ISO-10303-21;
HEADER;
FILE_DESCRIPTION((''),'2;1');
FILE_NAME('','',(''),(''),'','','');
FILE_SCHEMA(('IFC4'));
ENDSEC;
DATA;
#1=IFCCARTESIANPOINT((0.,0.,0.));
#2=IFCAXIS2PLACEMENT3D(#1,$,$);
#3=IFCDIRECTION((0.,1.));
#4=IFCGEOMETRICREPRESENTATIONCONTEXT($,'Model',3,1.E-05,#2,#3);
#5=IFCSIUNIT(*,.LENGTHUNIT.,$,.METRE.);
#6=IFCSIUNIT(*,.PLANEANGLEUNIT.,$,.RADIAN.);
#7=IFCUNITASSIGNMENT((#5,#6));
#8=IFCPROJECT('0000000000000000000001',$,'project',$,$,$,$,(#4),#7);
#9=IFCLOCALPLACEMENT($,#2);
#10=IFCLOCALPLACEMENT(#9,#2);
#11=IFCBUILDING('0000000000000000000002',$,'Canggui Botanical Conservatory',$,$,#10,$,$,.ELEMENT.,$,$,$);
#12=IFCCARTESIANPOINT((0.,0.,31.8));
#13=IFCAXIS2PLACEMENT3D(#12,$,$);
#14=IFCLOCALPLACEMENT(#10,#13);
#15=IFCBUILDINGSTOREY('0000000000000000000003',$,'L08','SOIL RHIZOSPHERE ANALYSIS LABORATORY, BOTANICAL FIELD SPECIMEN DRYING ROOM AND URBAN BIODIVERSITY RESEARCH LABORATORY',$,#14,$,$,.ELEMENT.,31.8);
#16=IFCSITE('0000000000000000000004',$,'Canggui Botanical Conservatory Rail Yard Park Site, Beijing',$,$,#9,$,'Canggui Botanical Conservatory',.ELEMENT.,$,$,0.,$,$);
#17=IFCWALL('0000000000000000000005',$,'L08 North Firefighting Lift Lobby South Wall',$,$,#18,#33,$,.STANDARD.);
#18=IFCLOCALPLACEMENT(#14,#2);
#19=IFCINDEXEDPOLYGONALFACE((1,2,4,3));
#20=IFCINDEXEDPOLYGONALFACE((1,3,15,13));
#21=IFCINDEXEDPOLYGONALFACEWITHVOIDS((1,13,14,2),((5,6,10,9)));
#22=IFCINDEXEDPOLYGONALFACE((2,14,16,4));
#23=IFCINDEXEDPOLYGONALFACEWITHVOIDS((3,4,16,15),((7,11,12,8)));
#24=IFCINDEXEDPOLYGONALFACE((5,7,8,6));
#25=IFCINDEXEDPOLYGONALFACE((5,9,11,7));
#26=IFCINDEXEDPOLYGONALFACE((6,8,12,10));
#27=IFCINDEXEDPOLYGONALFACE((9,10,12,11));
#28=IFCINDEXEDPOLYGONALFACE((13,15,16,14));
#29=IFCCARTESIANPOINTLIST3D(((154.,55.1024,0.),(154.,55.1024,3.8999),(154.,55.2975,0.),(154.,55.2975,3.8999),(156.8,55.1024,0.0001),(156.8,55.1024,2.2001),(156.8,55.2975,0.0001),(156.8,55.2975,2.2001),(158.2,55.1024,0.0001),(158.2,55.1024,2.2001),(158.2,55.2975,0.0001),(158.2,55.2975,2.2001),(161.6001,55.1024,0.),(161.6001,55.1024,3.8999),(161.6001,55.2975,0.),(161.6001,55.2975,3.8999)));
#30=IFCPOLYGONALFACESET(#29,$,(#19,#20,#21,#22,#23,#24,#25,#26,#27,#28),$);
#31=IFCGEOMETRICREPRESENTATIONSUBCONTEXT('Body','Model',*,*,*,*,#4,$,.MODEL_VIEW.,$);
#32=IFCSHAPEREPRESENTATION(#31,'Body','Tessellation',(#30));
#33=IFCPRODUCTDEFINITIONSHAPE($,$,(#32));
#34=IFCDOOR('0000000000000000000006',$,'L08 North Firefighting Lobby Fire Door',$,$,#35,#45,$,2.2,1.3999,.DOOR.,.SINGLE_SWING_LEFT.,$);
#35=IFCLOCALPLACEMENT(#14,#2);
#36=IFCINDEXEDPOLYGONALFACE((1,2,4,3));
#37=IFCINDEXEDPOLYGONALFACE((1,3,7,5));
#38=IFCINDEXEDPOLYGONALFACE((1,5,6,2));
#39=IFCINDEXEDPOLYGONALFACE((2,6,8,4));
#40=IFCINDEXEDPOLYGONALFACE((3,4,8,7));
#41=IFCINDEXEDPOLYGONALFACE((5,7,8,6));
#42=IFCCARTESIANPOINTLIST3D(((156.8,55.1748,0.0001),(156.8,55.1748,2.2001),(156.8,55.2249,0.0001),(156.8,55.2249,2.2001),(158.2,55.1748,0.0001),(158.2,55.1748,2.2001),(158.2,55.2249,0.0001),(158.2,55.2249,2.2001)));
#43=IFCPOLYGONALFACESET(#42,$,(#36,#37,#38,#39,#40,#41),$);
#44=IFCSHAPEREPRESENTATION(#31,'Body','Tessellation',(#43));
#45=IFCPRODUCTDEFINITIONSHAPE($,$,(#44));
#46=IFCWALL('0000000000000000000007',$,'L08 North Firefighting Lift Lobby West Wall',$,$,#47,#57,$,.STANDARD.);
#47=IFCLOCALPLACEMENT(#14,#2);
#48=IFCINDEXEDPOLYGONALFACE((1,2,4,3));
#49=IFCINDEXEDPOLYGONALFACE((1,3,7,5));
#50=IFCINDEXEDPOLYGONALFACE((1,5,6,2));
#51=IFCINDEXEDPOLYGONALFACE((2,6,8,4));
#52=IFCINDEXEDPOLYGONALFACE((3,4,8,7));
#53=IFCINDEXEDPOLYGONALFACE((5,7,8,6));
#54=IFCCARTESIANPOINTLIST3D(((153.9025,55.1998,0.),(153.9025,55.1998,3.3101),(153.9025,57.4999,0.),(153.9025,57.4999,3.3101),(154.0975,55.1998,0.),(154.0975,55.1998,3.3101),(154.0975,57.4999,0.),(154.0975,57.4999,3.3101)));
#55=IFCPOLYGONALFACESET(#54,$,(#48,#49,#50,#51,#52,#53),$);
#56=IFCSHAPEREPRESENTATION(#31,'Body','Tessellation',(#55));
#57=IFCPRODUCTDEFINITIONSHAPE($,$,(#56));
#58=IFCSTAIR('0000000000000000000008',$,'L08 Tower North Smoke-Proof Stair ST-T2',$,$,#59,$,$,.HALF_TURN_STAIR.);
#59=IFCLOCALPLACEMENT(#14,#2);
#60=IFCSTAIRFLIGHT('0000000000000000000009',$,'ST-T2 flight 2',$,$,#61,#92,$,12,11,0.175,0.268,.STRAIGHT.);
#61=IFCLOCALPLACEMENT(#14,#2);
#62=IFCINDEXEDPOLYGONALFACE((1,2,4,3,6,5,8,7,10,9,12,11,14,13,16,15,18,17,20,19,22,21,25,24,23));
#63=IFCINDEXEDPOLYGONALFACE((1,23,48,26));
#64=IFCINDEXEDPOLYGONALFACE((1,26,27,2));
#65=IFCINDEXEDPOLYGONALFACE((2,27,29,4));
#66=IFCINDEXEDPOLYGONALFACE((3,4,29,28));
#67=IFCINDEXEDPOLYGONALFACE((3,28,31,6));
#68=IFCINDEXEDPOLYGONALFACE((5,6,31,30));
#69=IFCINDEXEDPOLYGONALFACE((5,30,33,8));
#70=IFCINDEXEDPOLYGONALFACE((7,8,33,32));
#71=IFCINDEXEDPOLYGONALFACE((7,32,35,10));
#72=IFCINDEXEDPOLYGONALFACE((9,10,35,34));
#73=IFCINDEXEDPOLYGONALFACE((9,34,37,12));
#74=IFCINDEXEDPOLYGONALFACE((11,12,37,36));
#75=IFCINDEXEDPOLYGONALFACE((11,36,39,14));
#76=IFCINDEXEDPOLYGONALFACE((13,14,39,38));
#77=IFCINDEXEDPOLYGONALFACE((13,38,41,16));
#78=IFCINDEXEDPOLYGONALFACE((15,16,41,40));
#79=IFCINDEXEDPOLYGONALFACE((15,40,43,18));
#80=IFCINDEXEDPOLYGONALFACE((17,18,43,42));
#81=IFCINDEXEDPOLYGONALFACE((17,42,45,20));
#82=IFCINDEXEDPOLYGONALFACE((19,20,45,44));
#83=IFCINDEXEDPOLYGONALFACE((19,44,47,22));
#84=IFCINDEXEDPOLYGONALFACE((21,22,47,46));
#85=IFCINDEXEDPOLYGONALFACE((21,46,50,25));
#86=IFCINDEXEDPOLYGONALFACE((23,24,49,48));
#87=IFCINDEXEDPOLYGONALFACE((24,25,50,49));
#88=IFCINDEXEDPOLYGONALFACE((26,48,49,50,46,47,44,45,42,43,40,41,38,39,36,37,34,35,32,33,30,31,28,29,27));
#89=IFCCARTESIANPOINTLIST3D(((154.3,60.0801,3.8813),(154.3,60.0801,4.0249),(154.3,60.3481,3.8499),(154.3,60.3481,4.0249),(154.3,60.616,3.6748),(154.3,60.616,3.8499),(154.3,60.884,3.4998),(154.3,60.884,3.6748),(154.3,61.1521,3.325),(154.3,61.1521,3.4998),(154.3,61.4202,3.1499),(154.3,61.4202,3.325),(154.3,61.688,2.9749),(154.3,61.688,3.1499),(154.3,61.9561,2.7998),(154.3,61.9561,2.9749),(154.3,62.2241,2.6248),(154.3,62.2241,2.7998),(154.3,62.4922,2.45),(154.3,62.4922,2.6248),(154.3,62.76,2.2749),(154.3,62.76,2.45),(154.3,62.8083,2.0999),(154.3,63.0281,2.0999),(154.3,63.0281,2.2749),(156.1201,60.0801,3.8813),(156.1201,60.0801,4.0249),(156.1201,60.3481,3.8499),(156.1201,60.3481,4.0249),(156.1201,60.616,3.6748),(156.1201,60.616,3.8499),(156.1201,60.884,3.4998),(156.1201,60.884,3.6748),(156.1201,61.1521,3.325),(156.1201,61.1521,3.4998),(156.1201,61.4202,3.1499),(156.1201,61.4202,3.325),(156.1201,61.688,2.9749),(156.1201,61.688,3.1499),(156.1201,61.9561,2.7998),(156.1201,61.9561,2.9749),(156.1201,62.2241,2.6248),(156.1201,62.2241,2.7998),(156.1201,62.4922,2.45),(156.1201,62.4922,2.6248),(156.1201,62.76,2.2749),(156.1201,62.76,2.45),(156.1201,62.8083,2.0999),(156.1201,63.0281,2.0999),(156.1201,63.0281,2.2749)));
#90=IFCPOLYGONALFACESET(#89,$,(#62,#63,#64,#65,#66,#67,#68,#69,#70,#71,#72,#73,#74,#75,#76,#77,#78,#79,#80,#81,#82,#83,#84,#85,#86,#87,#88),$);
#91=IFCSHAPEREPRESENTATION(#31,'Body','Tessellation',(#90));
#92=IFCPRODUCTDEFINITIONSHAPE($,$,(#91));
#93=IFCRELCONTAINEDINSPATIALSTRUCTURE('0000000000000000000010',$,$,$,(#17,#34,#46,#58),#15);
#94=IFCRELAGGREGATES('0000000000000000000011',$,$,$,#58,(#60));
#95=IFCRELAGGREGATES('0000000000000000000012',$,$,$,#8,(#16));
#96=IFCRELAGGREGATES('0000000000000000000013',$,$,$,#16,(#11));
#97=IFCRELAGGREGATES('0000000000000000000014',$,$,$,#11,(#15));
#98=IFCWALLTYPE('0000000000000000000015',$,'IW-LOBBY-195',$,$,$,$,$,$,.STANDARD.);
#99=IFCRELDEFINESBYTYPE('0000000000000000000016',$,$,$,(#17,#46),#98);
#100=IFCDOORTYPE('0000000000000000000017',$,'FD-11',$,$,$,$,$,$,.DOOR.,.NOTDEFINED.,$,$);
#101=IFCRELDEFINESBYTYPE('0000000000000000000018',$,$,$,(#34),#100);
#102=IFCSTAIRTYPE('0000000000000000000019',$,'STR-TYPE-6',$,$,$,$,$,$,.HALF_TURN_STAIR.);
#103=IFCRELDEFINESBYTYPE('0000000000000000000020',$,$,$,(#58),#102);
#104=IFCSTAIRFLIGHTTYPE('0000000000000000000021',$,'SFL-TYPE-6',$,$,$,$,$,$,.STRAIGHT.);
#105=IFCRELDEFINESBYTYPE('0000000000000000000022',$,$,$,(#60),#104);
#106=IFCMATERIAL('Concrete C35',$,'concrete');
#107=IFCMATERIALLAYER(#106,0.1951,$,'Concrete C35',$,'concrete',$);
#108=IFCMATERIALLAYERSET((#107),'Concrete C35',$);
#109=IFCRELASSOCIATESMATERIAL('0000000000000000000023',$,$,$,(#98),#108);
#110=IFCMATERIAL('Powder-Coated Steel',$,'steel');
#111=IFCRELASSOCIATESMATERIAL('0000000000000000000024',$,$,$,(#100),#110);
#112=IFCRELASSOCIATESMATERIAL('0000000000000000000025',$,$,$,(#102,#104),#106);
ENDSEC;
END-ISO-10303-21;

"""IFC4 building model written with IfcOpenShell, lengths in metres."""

from ifc_helpers import new_model, si_unit, direction, frame, frame_2d, origin, place, context, subcontext, project, spatial, polyline, rectangle, outline, extrude, material, layer, layer_set, type_object, element, fill, aggregate, save


model = new_model("IFC4")

# Units and contexts
model_context = context("Model", 3, precision=1e-05, world=origin(), true_north=direction((0.0, 1.0)))
body_context = subcontext(model_context, "Body", "Model", "MODEL_VIEW")
ifc_project = project(units=[si_unit("LENGTHUNIT", "METRE"), si_unit("PLANEANGLEUNIT", "RADIAN")], contexts=[model_context])

# Site, building, storey
site_placement = place(None, origin())
site = spatial("IfcSite", under=ifc_project, at=site_placement, Name="Canggui Botanical Conservatory Rail Yard Park Site, Beijing", LongName="Canggui Botanical Conservatory", CompositionType="ELEMENT", RefElevation=0.0)
building_placement = place(site_placement, origin())
building = spatial("IfcBuilding", under=site, at=building_placement, Name="Canggui Botanical Conservatory", CompositionType="ELEMENT")
storey_placement = place(building_placement, frame((0.0, 0.0, 31.8)))
storey = spatial("IfcBuildingStorey", under=building, at=storey_placement, Name="L08", Description="SOIL RHIZOSPHERE ANALYSIS LABORATORY, BOTANICAL FIELD SPECIMEN DRYING ROOM AND URBAN BIODIVERSITY RESEARCH LABORATORY", CompositionType="ELEMENT", Elevation=31.8)

# Shared definitions
ifc_material_1 = material(Name="Concrete C35", Category="concrete")

# Wall, opening, door
ifc_material_2 = material(Name="Powder-Coated Steel", Category="steel")
ifc_layer_1 = layer(ifc_material_1, 0.1951, Name="Concrete C35", Category="concrete")
ifc_layer_set_1 = layer_set([ifc_layer_1], Name="Concrete C35")
wall_type_1 = type_object("IfcWallType", Name="IW-LOBBY-195", PredefinedType="STANDARD", material=ifc_layer_set_1)
wall_1_placement = place(storey_placement, frame((154.0, 55.2, 0.0), z_axis=(0.0, 0.0, 1.0), x_axis=(1.0, 0.0, 0.0)))
wall_1 = element("IfcWall", 1, at=wall_1_placement, inside=storey, type_object=wall_type_1, Name="L08 North Firefighting Lift Lobby South Wall", PredefinedType="STANDARD", context=body_context, shape_type="SweptSolid", body=[
    extrude(rectangle(XDim=7.6001, YDim=0.1951, at=frame_2d((3.8, 0.0))), origin(), (0.0, 0.0, 1.0), 3.8999),
])
opening_1_placement = place(wall_1_placement, frame((2.8, 0.0, 0.0)))
opening_1 = element("IfcOpeningElement", 2, at=opening_1_placement, cuts=wall_1, PredefinedType="OPENING", context=body_context, shape_type="SweptSolid", body=[
    extrude(rectangle(XDim=1.3999, YDim=2.2, at=frame_2d((0.7, 1.1001))), frame((0.0, 0.1074, 0.0), z_axis=(0.0, -1.0, 0.0), x_axis=(1.0, 0.0, 0.0)), (0.0, 0.0, 1.0), 0.2151),
])
door_type_1 = type_object("IfcDoorType", Name="FD-11", OperationType="NOTDEFINED", PredefinedType="DOOR", material=ifc_material_2)
door_1_placement = place(opening_1_placement, origin())
door_1 = element("IfcDoor", 3, at=door_1_placement, inside=storey, type_object=door_type_1, Name="L08 North Firefighting Lobby Fire Door", OperationType="SINGLE_SWING_LEFT", OverallHeight=2.2, OverallWidth=1.3999, PredefinedType="DOOR", context=body_context, shape_type="SweptSolid", body=[
    extrude(rectangle(XDim=1.3999, YDim=2.2, at=frame_2d((0.7, 1.1001))), frame((0.0, 0.0249, 0.0), z_axis=(0.0, -1.0, 0.0), x_axis=(1.0, 0.0, 0.0)), (0.0, 0.0, 1.0), 0.05),
])
fill(opening_1, door_1)

# Wall
wall_2_placement = place(storey_placement, frame((154.0, 55.2, 0.0), z_axis=(0.0, 0.0, 1.0), x_axis=(0.0, 1.0, 0.0)))
element("IfcWall", 4, at=wall_2_placement, inside=storey, type_object=wall_type_1, Name="L08 North Firefighting Lift Lobby West Wall", PredefinedType="STANDARD", context=body_context, shape_type="SweptSolid", body=[
    extrude(rectangle(XDim=2.3, YDim=0.1951, at=frame_2d((1.1499, 0.0))), origin(), (0.0, 0.0, 1.0), 3.3101),
])

# Stair, stair flight
stair_type = type_object("IfcStairType", Name="STR-TYPE-6", PredefinedType="HALF_TURN_STAIR", material=ifc_material_1)
stair_placement = place(storey_placement, origin())
stair = element("IfcStair", 5, at=stair_placement, inside=storey, type_object=stair_type, Name="L08 Tower North Smoke-Proof Stair ST-T2", PredefinedType="HALF_TURN_STAIR")
stair_flight_type = type_object("IfcStairFlightType", Name="SFL-TYPE-6", PredefinedType="STRAIGHT", material=ifc_material_1)
stair_flight_placement = place(storey_placement, frame((155.21, 63.0281, 2.0999), z_axis=(0.0, 0.0, 1.0), x_axis=(0.0, -1.0, 0.0)))
stair_flight = element("IfcStairFlight", 6, at=stair_flight_placement, type_object=stair_flight_type, Name="ST-T2 flight 2", NumberOfRisers=12, NumberOfTreads=11, PredefinedType="STRAIGHT", RiserHeight=0.175, TreadLength=0.268, context=body_context, shape_type="SweptSolid", body=[
    extrude(outline(polyline([(0.0, 0.0), (0.0, 0.175), (0.2681, 0.175), (0.2681, 0.3501), (0.5359, 0.3501), (0.5359, 0.5249), (0.804, 0.5249), (0.804, 0.7), (1.072, 0.7), (1.072, 0.875), (1.3401, 0.875), (1.3401, 1.05), (1.6079, 1.05), (1.6079, 1.2251), (1.876, 1.2251), (1.876, 1.3999), (2.144, 1.3999), (2.144, 1.575), (2.4121, 1.575), (2.4121, 1.75), (2.6799, 1.75), (2.6799, 1.925), (2.948, 1.925), (2.948, 2.1001), (2.948, 1.7815), (0.2197, 0.0), (0.0, 0.0)])), frame((0.0, 0.9102, 0.0), z_axis=(0.0, -1.0, 0.0), x_axis=(1.0, 0.0, 0.0)), (0.0, 0.0, 1.0), 1.8201),
])
aggregate(stair, [stair_flight])

save(model, "model.ifc")
